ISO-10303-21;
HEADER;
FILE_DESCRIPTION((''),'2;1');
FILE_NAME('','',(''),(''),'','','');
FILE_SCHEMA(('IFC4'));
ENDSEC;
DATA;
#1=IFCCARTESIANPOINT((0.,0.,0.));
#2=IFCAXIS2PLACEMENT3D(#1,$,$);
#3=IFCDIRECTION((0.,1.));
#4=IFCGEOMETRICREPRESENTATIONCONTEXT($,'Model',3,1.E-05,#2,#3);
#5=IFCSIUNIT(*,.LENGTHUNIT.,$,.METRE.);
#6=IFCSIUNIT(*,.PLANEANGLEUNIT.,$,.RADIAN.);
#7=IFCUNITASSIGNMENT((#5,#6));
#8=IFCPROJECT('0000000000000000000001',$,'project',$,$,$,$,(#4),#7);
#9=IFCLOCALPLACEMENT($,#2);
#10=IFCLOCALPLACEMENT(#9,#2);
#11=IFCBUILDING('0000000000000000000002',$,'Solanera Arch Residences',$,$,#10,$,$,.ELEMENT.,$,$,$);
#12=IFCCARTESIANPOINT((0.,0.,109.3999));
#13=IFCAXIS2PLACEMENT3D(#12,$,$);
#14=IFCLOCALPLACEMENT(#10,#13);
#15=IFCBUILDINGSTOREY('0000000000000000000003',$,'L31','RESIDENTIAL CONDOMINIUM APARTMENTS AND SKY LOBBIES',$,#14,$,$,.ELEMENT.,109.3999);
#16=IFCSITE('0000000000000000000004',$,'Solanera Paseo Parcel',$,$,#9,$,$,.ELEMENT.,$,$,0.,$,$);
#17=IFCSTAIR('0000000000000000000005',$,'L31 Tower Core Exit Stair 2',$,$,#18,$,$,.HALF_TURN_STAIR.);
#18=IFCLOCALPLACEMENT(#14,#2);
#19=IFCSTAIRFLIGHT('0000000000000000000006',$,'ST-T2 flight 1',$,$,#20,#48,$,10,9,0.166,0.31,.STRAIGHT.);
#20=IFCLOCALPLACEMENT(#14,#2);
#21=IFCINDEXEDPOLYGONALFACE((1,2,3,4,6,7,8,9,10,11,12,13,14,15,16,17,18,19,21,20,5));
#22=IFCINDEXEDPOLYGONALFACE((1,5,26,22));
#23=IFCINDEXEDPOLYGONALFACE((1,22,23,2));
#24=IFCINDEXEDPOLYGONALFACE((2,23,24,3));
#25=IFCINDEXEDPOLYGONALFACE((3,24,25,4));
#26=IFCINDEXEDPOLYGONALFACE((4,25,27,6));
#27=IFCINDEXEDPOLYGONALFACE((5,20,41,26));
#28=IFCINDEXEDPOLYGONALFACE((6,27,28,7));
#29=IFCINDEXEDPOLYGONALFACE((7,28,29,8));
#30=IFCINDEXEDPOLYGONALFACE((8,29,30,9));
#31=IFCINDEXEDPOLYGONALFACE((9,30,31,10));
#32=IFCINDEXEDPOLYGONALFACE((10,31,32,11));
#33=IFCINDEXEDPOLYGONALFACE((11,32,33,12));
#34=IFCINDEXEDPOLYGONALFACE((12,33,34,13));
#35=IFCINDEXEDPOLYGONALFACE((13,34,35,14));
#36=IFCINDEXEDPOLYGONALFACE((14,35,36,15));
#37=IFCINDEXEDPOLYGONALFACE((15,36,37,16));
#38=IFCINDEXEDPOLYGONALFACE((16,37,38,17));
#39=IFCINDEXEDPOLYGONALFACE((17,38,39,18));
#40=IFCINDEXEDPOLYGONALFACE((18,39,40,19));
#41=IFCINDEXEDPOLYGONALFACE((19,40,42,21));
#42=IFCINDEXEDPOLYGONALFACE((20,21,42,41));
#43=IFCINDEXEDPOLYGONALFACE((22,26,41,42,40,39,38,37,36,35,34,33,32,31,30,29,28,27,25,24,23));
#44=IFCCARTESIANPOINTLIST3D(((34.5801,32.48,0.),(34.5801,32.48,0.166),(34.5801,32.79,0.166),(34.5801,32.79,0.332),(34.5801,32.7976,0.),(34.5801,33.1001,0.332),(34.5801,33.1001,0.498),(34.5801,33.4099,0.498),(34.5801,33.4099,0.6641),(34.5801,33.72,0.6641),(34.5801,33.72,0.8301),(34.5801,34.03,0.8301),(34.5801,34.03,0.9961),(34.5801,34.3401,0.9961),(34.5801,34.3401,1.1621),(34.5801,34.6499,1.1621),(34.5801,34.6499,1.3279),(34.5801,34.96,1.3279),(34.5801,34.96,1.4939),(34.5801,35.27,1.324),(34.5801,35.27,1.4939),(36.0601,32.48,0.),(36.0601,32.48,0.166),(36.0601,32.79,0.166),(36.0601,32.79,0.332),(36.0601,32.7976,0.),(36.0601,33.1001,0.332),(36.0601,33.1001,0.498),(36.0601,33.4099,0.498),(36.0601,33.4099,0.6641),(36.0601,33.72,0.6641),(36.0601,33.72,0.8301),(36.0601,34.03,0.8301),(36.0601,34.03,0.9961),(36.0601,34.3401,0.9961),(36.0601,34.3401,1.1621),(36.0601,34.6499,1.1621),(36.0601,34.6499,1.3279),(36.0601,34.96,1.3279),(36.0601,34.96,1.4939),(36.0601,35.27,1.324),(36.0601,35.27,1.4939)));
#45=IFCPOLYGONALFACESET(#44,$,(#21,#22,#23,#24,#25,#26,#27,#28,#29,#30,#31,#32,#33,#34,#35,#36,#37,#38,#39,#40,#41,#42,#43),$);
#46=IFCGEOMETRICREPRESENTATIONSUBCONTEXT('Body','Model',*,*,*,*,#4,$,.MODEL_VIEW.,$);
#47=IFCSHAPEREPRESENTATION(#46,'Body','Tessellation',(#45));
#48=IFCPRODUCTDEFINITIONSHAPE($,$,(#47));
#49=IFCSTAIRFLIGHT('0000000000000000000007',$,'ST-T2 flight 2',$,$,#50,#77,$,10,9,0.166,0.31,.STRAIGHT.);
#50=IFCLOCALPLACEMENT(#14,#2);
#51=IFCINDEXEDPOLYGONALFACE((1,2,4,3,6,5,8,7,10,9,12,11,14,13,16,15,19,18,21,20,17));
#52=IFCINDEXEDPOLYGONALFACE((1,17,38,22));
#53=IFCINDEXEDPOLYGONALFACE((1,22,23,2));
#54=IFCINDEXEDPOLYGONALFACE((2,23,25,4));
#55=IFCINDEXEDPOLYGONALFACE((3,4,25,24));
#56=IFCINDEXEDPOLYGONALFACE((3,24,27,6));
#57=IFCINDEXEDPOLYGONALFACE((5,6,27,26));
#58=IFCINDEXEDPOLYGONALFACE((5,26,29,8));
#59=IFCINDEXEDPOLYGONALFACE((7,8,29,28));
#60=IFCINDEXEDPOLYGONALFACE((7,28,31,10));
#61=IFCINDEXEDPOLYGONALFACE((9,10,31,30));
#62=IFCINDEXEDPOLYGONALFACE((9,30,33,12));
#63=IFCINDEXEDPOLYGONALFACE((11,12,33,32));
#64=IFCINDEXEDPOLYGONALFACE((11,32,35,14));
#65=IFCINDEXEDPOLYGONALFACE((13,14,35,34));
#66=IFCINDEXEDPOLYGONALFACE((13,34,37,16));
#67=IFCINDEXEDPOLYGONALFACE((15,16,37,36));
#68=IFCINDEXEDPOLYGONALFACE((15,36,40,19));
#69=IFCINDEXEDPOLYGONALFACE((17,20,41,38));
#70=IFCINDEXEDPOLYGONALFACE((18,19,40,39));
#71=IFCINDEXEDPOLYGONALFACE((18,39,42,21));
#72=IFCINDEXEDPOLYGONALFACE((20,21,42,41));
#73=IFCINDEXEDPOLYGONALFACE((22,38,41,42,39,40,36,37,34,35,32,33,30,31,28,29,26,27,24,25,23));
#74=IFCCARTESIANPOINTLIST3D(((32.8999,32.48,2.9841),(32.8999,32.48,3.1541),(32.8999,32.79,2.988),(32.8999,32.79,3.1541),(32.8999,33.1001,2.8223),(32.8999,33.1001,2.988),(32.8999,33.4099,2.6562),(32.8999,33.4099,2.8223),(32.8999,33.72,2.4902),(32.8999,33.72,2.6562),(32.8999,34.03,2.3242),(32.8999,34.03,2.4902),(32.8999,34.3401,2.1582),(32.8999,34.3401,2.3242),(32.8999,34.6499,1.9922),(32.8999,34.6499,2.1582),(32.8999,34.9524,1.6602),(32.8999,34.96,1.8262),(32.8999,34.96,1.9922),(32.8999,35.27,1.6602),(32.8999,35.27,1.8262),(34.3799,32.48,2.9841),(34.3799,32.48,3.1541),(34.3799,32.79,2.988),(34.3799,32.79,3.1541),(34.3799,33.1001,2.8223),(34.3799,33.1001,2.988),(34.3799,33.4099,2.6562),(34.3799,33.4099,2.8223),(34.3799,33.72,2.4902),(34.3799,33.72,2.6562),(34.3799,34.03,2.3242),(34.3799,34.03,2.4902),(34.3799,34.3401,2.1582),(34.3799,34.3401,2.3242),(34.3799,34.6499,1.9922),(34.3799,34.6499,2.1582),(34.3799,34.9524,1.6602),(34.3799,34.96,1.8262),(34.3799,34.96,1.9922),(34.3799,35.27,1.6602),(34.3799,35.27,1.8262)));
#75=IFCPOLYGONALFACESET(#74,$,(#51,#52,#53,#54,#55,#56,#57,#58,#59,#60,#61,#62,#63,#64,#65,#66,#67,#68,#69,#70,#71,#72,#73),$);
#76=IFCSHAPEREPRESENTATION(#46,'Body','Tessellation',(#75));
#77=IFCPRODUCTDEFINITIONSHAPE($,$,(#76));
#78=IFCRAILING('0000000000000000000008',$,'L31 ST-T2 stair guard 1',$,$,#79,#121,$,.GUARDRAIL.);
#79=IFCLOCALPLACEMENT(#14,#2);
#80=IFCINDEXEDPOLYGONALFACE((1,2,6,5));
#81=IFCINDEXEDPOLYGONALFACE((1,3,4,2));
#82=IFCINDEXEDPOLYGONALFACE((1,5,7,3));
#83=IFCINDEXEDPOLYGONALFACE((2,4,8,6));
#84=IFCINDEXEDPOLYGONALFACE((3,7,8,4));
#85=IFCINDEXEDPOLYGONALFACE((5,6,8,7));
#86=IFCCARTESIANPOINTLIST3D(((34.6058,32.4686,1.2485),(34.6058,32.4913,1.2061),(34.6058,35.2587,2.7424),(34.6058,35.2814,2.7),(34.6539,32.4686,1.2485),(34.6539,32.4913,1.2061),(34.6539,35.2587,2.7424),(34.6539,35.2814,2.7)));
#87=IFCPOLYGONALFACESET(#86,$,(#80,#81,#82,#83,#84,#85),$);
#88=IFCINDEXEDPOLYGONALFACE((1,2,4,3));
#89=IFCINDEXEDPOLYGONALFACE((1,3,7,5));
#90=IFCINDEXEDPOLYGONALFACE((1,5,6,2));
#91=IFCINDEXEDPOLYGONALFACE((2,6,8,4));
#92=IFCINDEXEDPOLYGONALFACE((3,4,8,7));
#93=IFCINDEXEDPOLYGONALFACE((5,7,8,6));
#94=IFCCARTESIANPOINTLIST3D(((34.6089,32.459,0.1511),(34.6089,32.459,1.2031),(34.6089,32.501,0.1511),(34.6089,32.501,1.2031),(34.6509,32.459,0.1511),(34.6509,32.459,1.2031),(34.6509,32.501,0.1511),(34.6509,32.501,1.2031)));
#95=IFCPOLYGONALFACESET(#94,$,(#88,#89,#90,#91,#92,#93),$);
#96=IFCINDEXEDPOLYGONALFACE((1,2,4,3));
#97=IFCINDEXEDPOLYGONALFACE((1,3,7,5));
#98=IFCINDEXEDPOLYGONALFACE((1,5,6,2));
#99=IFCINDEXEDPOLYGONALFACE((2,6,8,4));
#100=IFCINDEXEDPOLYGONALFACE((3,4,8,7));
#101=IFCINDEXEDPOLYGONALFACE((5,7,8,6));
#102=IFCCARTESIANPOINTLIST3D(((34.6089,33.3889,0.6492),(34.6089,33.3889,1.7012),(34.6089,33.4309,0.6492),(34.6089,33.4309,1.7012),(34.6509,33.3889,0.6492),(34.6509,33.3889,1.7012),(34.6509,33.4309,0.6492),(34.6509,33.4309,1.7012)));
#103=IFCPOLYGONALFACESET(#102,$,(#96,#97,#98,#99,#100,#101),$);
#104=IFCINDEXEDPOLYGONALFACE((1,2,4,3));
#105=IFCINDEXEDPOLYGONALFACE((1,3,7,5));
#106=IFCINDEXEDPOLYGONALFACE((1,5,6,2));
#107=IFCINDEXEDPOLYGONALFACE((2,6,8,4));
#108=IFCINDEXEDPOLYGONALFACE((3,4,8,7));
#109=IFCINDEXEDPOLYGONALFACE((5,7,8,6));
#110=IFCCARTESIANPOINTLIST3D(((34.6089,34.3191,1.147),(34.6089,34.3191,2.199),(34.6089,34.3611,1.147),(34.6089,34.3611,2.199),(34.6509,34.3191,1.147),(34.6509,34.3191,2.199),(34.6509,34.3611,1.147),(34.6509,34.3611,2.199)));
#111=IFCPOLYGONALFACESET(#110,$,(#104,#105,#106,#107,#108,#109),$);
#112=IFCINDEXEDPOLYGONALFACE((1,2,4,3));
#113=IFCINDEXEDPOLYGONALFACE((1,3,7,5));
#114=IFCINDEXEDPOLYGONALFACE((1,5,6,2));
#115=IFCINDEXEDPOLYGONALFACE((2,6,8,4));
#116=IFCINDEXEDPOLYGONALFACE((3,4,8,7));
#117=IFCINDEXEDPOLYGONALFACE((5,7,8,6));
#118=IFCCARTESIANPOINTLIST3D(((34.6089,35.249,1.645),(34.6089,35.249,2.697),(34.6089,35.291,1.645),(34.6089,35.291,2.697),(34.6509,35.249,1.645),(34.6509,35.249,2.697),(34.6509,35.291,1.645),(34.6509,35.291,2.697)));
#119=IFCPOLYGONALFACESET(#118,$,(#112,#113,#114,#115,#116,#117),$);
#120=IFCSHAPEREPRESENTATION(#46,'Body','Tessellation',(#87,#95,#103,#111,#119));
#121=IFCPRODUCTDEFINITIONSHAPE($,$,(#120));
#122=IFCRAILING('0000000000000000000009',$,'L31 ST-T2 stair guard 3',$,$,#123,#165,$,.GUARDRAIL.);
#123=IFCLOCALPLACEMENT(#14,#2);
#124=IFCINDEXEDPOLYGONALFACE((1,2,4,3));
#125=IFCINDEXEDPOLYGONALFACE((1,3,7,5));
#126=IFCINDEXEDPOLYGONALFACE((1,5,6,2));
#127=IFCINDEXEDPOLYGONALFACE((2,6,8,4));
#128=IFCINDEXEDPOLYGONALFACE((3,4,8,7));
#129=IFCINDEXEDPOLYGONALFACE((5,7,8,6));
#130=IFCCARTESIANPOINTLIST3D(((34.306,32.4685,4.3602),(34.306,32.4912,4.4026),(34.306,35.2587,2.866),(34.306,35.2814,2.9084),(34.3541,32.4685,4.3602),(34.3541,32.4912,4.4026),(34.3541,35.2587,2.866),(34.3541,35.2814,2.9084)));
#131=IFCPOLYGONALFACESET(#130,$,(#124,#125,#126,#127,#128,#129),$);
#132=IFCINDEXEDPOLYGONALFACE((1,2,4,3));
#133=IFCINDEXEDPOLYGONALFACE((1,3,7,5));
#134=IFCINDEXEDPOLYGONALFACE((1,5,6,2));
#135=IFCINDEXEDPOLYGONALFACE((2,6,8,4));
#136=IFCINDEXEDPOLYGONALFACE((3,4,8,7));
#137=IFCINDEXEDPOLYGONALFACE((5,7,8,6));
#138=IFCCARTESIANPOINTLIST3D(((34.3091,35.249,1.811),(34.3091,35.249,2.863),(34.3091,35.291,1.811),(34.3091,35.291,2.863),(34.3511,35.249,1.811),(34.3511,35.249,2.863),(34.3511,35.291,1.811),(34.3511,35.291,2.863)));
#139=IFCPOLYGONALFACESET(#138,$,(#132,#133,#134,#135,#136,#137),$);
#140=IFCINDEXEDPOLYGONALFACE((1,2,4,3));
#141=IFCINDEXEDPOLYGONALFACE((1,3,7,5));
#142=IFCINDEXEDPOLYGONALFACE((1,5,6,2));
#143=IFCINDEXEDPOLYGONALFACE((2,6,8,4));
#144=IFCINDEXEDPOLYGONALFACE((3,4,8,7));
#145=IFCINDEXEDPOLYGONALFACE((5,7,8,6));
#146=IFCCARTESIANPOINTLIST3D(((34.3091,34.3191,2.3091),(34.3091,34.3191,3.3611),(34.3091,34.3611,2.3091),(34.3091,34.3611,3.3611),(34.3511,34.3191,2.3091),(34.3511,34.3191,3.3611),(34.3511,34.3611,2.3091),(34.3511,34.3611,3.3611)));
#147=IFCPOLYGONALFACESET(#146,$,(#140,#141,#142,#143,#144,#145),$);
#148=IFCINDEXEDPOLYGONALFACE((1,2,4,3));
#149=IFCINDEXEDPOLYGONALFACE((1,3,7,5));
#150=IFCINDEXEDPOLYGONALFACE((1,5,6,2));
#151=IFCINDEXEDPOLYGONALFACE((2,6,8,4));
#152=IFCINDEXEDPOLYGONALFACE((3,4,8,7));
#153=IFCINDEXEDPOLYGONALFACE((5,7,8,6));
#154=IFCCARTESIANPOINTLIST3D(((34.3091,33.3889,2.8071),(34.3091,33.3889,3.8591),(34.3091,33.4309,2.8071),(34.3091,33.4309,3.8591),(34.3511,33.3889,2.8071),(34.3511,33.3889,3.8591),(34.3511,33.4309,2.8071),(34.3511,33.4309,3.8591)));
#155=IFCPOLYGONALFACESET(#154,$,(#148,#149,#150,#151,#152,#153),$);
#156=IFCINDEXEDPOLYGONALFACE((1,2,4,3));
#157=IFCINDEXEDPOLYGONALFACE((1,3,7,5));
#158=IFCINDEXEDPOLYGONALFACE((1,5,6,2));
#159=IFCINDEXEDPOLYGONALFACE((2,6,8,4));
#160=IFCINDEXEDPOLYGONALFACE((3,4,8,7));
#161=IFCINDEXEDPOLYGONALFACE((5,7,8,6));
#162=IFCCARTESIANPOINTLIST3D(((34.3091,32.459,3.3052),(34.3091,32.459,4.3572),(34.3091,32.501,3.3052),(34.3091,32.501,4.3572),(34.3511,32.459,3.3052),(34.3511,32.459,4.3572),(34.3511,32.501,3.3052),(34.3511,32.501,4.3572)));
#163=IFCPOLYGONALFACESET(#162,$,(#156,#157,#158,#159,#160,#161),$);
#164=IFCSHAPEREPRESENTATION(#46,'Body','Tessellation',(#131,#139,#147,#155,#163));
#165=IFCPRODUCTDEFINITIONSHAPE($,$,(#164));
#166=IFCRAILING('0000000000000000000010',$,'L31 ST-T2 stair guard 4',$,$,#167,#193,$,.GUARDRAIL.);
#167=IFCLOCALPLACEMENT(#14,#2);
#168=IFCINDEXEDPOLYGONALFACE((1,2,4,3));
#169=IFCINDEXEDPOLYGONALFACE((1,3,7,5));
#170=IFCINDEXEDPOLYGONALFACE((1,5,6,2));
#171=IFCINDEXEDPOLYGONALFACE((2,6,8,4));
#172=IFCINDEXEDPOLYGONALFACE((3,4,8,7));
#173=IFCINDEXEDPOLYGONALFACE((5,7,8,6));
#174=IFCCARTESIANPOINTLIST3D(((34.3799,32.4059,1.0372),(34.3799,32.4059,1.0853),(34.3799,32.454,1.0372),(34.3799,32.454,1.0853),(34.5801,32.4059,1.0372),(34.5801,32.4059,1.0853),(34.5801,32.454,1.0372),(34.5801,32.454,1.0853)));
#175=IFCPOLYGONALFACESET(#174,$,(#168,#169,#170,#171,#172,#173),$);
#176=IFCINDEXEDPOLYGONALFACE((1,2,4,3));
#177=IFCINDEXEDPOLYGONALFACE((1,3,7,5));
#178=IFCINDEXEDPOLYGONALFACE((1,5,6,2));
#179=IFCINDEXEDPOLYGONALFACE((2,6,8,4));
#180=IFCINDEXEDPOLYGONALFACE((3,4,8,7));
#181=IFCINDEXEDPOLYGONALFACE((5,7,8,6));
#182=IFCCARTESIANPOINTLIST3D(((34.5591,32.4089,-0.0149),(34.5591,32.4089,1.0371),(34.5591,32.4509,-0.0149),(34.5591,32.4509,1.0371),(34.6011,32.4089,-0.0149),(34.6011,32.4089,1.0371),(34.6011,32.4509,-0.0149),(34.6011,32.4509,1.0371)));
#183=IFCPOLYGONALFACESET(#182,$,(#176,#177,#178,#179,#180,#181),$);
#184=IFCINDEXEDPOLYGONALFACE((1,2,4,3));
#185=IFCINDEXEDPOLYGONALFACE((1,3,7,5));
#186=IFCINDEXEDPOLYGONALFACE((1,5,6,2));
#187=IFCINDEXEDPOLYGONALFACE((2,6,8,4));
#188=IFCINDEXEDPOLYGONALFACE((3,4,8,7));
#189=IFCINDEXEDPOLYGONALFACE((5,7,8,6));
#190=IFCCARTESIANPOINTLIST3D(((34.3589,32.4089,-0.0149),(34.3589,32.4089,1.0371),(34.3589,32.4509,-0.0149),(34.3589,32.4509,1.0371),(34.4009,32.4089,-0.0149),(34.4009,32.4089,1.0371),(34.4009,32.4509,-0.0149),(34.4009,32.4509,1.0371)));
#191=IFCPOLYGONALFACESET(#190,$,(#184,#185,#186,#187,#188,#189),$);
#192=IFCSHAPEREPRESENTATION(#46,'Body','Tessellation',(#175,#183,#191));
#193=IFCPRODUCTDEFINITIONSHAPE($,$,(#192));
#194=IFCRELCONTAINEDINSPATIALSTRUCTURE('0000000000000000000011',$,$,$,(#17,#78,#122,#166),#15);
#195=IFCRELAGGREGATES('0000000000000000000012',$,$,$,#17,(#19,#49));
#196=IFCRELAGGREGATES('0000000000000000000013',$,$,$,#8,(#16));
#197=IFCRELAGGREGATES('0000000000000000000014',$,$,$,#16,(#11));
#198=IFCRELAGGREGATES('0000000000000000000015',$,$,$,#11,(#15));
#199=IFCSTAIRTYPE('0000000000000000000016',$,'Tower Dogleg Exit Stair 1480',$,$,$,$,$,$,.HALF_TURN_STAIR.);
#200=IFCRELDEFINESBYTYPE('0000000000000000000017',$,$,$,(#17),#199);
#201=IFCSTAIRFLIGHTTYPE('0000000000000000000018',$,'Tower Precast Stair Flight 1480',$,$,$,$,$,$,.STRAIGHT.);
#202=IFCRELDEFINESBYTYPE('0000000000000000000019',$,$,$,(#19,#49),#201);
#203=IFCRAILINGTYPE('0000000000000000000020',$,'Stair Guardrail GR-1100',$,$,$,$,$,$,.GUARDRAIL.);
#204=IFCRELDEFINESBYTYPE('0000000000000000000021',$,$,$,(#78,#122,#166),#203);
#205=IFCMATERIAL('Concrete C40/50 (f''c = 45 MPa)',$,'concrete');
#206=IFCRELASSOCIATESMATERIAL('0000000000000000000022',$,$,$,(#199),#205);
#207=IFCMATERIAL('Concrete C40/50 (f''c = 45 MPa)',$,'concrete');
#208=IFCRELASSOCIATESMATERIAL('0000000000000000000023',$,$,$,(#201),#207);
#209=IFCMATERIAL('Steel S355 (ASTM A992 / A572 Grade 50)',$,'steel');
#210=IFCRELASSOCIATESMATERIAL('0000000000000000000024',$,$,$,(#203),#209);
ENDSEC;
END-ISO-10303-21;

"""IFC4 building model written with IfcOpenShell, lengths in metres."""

from ifc_helpers import new_model, si_unit, direction, frame, origin, origin_2d, place, context, subcontext, project, spatial, polyline, rectangle, outline, extrude, material, type_object, element, aggregate, save


model = new_model("IFC4")

# Units and contexts
model_context = context("Model", 3, precision=1e-05, world=origin(), true_north=direction((0.0, 1.0)))
body_context = subcontext(model_context, "Body", "Model", "MODEL_VIEW")
ifc_project = project(units=[si_unit("LENGTHUNIT", "METRE"), si_unit("PLANEANGLEUNIT", "RADIAN")], contexts=[model_context])

# Site, building, storey
site_placement = place(None, origin())
site = spatial("IfcSite", under=ifc_project, at=site_placement, Name="Solanera Paseo Parcel", CompositionType="ELEMENT", RefElevation=0.0)
building_placement = place(site_placement, origin())
building = spatial("IfcBuilding", under=site, at=building_placement, Name="Solanera Arch Residences", CompositionType="ELEMENT")
storey_placement = place(building_placement, frame((0.0, 0.0, 109.3999)))
storey = spatial("IfcBuildingStorey", under=building, at=storey_placement, Name="L31", Description="RESIDENTIAL CONDOMINIUM APARTMENTS AND SKY LOBBIES", CompositionType="ELEMENT", Elevation=109.3999)

# Stair, stair flights
ifc_material_1 = material(Name="Concrete C40/50 (f'c = 45 MPa)", Category="concrete")
stair_type = type_object("IfcStairType", Name="Tower Dogleg Exit Stair 1480", PredefinedType="HALF_TURN_STAIR", material=ifc_material_1)
stair_placement = place(storey_placement, origin())
stair = element("IfcStair", 1, at=stair_placement, inside=storey, type_object=stair_type, Name="L31 Tower Core Exit Stair 2", PredefinedType="HALF_TURN_STAIR")
ifc_material_2 = material(Name="Concrete C40/50 (f'c = 45 MPa)", Category="concrete")
stair_flight_type = type_object("IfcStairFlightType", Name="Tower Precast Stair Flight 1480", PredefinedType="STRAIGHT", material=ifc_material_2)
stair_flight_1_placement = place(storey_placement, frame((35.3201, 32.48, 0.0), z_axis=(0.0, 0.0, 1.0), x_axis=(0.0, 1.0, 0.0)))
stair_flight_1 = element("IfcStairFlight", 2, at=stair_flight_1_placement, type_object=stair_flight_type, Name="ST-T2 flight 1", NumberOfRisers=10, NumberOfTreads=9, PredefinedType="STRAIGHT", RiserHeight=0.166, TreadLength=0.31, context=body_context, shape_type="SweptSolid", body=[
    extrude(outline(polyline([(0.0, 0.0), (0.0, 0.166), (0.3101, 0.166), (0.3101, 0.332), (0.6201, 0.332), (0.6201, 0.498), (0.9299, 0.498), (0.9299, 0.6641), (1.24, 0.6641), (1.24, 0.8301), (1.55, 0.8301), (1.55, 0.9961), (1.8601, 0.9961), (1.8601, 1.1621), (2.1699, 1.1621), (2.1699, 1.3279), (2.48, 1.3279), (2.48, 1.4939), (2.79, 1.4939), (2.79, 1.6599), (2.79, 1.324), (0.3176, 0.0), (0.0, 0.0)])), frame((0.0, 0.74, 0.0), z_axis=(0.0, -1.0, 0.0), x_axis=(1.0, 0.0, 0.0)), (0.0, 0.0, 1.0), 1.48),
])
stair_flight_2_placement = place(storey_placement, frame((33.6399, 35.27, 1.6602), z_axis=(0.0, 0.0, 1.0), x_axis=(0.0, -1.0, 0.0)))
stair_flight_2 = element("IfcStairFlight", 3, at=stair_flight_2_placement, type_object=stair_flight_type, Name="ST-T2 flight 2", NumberOfRisers=10, NumberOfTreads=9, PredefinedType="STRAIGHT", RiserHeight=0.166, TreadLength=0.31, context=body_context, shape_type="SweptSolid", body=[
    extrude(outline(polyline([(0.0, 0.0), (0.0, 0.166), (0.3101, 0.166), (0.3101, 0.332), (0.6201, 0.332), (0.6201, 0.498), (0.9299, 0.498), (0.9299, 0.6641), (1.24, 0.6641), (1.24, 0.8301), (1.55, 0.8301), (1.55, 0.9961), (1.8601, 0.9961), (1.8601, 1.1621), (2.1699, 1.1621), (2.1699, 1.3279), (2.48, 1.3279), (2.48, 1.4939), (2.79, 1.4939), (2.79, 1.6599), (2.79, 1.324), (0.3176, 0.0), (0.0, 0.0)])), frame((0.0, 0.74, 0.0), z_axis=(0.0, -1.0, 0.0), x_axis=(1.0, 0.0, 0.0)), (0.0, 0.0, 1.0), 1.48),
])
aggregate(stair, [stair_flight_1, stair_flight_2])

# Railings
ifc_material_3 = material(Name="Steel S355 (ASTM A992 / A572 Grade 50)", Category="steel")
railing_type_1 = type_object("IfcRailingType", Name="Stair Guardrail GR-1100", PredefinedType="GUARDRAIL", material=ifc_material_3)
railing_1_placement = place(storey_placement, frame((34.6299, 32.48, 0.1511)))
element("IfcRailing", 4, at=railing_1_placement, inside=storey, type_object=railing_type_1, Name="L31 ST-T2 stair guard 1", PredefinedType="GUARDRAIL", context=body_context, shape_type="SweptSolid", body=[
    extrude(rectangle(XDim=0.0481, YDim=0.0481, at=origin_2d()), frame((0.0, 0.0, 1.0762), z_axis=(0.0, 0.881581, 0.472033), x_axis=(-1.0, 0.0, 0.0)), (0.0, 0.0, 1.0), 3.1648),
    extrude(rectangle(XDim=0.042, YDim=0.042, at=origin_2d()), origin(), (0.0, 0.0, 1.0), 1.052),
    extrude(rectangle(XDim=0.042, YDim=0.042, at=origin_2d()), frame((0.0, 0.9299, 0.498)), (0.0, 0.0, 1.0), 1.052),
    extrude(rectangle(XDim=0.042, YDim=0.042, at=origin_2d()), frame((0.0, 1.8601, 0.9958)), (0.0, 0.0, 1.0), 1.052),
    extrude(rectangle(XDim=0.042, YDim=0.042, at=origin_2d()), frame((0.0, 2.79, 1.4939)), (0.0, 0.0, 1.0), 1.052),
])
railing_2_placement = place(storey_placement, frame((34.3301, 35.27, 1.811)))
element("IfcRailing", 5, at=railing_2_placement, inside=storey, type_object=railing_type_1, Name="L31 ST-T2 stair guard 3", PredefinedType="GUARDRAIL", context=body_context, shape_type="SweptSolid", body=[
    extrude(rectangle(XDim=0.0481, YDim=0.0481, at=origin_2d()), frame((0.0, 0.0, 1.0762), z_axis=(0.0, -0.881549, 0.472093), x_axis=(1.0, 0.0, 0.0)), (0.0, 0.0, 1.0), 3.165),
    extrude(rectangle(XDim=0.042, YDim=0.042, at=origin_2d()), origin(), (0.0, 0.0, 1.0), 1.052),
    extrude(rectangle(XDim=0.042, YDim=0.042, at=origin_2d()), frame((0.0, -0.9299, 0.498)), (0.0, 0.0, 1.0), 1.052),
    extrude(rectangle(XDim=0.042, YDim=0.042, at=origin_2d()), frame((0.0, -1.8601, 0.9961)), (0.0, 0.0, 1.0), 1.052),
    extrude(rectangle(XDim=0.042, YDim=0.042, at=origin_2d()), frame((0.0, -2.79, 1.4941)), (0.0, 0.0, 1.0), 1.052),
])
railing_3_placement = place(storey_placement, frame((34.5801, 32.4299, -0.0149)))
element("IfcRailing", 6, at=railing_3_placement, inside=storey, type_object=railing_type_1, Name="L31 ST-T2 stair guard 4", PredefinedType="GUARDRAIL", context=body_context, shape_type="SweptSolid", body=[
    extrude(rectangle(XDim=0.0481, YDim=0.0481, at=origin_2d()), frame((0.0, 0.0, 1.0762), z_axis=(-1.0, 0.0, 0.0), x_axis=(0.0, -1.0, 0.0)), (0.0, 0.0, 1.0), 0.2002),
    extrude(rectangle(XDim=0.042, YDim=0.042, at=origin_2d()), origin(), (0.0, 0.0, 1.0), 1.052),
    extrude(rectangle(XDim=0.042, YDim=0.042, at=origin_2d()), frame((-0.2002, 0.0, 0.0)), (0.0, 0.0, 1.0), 1.052),
])

save(model, "model.ifc")
